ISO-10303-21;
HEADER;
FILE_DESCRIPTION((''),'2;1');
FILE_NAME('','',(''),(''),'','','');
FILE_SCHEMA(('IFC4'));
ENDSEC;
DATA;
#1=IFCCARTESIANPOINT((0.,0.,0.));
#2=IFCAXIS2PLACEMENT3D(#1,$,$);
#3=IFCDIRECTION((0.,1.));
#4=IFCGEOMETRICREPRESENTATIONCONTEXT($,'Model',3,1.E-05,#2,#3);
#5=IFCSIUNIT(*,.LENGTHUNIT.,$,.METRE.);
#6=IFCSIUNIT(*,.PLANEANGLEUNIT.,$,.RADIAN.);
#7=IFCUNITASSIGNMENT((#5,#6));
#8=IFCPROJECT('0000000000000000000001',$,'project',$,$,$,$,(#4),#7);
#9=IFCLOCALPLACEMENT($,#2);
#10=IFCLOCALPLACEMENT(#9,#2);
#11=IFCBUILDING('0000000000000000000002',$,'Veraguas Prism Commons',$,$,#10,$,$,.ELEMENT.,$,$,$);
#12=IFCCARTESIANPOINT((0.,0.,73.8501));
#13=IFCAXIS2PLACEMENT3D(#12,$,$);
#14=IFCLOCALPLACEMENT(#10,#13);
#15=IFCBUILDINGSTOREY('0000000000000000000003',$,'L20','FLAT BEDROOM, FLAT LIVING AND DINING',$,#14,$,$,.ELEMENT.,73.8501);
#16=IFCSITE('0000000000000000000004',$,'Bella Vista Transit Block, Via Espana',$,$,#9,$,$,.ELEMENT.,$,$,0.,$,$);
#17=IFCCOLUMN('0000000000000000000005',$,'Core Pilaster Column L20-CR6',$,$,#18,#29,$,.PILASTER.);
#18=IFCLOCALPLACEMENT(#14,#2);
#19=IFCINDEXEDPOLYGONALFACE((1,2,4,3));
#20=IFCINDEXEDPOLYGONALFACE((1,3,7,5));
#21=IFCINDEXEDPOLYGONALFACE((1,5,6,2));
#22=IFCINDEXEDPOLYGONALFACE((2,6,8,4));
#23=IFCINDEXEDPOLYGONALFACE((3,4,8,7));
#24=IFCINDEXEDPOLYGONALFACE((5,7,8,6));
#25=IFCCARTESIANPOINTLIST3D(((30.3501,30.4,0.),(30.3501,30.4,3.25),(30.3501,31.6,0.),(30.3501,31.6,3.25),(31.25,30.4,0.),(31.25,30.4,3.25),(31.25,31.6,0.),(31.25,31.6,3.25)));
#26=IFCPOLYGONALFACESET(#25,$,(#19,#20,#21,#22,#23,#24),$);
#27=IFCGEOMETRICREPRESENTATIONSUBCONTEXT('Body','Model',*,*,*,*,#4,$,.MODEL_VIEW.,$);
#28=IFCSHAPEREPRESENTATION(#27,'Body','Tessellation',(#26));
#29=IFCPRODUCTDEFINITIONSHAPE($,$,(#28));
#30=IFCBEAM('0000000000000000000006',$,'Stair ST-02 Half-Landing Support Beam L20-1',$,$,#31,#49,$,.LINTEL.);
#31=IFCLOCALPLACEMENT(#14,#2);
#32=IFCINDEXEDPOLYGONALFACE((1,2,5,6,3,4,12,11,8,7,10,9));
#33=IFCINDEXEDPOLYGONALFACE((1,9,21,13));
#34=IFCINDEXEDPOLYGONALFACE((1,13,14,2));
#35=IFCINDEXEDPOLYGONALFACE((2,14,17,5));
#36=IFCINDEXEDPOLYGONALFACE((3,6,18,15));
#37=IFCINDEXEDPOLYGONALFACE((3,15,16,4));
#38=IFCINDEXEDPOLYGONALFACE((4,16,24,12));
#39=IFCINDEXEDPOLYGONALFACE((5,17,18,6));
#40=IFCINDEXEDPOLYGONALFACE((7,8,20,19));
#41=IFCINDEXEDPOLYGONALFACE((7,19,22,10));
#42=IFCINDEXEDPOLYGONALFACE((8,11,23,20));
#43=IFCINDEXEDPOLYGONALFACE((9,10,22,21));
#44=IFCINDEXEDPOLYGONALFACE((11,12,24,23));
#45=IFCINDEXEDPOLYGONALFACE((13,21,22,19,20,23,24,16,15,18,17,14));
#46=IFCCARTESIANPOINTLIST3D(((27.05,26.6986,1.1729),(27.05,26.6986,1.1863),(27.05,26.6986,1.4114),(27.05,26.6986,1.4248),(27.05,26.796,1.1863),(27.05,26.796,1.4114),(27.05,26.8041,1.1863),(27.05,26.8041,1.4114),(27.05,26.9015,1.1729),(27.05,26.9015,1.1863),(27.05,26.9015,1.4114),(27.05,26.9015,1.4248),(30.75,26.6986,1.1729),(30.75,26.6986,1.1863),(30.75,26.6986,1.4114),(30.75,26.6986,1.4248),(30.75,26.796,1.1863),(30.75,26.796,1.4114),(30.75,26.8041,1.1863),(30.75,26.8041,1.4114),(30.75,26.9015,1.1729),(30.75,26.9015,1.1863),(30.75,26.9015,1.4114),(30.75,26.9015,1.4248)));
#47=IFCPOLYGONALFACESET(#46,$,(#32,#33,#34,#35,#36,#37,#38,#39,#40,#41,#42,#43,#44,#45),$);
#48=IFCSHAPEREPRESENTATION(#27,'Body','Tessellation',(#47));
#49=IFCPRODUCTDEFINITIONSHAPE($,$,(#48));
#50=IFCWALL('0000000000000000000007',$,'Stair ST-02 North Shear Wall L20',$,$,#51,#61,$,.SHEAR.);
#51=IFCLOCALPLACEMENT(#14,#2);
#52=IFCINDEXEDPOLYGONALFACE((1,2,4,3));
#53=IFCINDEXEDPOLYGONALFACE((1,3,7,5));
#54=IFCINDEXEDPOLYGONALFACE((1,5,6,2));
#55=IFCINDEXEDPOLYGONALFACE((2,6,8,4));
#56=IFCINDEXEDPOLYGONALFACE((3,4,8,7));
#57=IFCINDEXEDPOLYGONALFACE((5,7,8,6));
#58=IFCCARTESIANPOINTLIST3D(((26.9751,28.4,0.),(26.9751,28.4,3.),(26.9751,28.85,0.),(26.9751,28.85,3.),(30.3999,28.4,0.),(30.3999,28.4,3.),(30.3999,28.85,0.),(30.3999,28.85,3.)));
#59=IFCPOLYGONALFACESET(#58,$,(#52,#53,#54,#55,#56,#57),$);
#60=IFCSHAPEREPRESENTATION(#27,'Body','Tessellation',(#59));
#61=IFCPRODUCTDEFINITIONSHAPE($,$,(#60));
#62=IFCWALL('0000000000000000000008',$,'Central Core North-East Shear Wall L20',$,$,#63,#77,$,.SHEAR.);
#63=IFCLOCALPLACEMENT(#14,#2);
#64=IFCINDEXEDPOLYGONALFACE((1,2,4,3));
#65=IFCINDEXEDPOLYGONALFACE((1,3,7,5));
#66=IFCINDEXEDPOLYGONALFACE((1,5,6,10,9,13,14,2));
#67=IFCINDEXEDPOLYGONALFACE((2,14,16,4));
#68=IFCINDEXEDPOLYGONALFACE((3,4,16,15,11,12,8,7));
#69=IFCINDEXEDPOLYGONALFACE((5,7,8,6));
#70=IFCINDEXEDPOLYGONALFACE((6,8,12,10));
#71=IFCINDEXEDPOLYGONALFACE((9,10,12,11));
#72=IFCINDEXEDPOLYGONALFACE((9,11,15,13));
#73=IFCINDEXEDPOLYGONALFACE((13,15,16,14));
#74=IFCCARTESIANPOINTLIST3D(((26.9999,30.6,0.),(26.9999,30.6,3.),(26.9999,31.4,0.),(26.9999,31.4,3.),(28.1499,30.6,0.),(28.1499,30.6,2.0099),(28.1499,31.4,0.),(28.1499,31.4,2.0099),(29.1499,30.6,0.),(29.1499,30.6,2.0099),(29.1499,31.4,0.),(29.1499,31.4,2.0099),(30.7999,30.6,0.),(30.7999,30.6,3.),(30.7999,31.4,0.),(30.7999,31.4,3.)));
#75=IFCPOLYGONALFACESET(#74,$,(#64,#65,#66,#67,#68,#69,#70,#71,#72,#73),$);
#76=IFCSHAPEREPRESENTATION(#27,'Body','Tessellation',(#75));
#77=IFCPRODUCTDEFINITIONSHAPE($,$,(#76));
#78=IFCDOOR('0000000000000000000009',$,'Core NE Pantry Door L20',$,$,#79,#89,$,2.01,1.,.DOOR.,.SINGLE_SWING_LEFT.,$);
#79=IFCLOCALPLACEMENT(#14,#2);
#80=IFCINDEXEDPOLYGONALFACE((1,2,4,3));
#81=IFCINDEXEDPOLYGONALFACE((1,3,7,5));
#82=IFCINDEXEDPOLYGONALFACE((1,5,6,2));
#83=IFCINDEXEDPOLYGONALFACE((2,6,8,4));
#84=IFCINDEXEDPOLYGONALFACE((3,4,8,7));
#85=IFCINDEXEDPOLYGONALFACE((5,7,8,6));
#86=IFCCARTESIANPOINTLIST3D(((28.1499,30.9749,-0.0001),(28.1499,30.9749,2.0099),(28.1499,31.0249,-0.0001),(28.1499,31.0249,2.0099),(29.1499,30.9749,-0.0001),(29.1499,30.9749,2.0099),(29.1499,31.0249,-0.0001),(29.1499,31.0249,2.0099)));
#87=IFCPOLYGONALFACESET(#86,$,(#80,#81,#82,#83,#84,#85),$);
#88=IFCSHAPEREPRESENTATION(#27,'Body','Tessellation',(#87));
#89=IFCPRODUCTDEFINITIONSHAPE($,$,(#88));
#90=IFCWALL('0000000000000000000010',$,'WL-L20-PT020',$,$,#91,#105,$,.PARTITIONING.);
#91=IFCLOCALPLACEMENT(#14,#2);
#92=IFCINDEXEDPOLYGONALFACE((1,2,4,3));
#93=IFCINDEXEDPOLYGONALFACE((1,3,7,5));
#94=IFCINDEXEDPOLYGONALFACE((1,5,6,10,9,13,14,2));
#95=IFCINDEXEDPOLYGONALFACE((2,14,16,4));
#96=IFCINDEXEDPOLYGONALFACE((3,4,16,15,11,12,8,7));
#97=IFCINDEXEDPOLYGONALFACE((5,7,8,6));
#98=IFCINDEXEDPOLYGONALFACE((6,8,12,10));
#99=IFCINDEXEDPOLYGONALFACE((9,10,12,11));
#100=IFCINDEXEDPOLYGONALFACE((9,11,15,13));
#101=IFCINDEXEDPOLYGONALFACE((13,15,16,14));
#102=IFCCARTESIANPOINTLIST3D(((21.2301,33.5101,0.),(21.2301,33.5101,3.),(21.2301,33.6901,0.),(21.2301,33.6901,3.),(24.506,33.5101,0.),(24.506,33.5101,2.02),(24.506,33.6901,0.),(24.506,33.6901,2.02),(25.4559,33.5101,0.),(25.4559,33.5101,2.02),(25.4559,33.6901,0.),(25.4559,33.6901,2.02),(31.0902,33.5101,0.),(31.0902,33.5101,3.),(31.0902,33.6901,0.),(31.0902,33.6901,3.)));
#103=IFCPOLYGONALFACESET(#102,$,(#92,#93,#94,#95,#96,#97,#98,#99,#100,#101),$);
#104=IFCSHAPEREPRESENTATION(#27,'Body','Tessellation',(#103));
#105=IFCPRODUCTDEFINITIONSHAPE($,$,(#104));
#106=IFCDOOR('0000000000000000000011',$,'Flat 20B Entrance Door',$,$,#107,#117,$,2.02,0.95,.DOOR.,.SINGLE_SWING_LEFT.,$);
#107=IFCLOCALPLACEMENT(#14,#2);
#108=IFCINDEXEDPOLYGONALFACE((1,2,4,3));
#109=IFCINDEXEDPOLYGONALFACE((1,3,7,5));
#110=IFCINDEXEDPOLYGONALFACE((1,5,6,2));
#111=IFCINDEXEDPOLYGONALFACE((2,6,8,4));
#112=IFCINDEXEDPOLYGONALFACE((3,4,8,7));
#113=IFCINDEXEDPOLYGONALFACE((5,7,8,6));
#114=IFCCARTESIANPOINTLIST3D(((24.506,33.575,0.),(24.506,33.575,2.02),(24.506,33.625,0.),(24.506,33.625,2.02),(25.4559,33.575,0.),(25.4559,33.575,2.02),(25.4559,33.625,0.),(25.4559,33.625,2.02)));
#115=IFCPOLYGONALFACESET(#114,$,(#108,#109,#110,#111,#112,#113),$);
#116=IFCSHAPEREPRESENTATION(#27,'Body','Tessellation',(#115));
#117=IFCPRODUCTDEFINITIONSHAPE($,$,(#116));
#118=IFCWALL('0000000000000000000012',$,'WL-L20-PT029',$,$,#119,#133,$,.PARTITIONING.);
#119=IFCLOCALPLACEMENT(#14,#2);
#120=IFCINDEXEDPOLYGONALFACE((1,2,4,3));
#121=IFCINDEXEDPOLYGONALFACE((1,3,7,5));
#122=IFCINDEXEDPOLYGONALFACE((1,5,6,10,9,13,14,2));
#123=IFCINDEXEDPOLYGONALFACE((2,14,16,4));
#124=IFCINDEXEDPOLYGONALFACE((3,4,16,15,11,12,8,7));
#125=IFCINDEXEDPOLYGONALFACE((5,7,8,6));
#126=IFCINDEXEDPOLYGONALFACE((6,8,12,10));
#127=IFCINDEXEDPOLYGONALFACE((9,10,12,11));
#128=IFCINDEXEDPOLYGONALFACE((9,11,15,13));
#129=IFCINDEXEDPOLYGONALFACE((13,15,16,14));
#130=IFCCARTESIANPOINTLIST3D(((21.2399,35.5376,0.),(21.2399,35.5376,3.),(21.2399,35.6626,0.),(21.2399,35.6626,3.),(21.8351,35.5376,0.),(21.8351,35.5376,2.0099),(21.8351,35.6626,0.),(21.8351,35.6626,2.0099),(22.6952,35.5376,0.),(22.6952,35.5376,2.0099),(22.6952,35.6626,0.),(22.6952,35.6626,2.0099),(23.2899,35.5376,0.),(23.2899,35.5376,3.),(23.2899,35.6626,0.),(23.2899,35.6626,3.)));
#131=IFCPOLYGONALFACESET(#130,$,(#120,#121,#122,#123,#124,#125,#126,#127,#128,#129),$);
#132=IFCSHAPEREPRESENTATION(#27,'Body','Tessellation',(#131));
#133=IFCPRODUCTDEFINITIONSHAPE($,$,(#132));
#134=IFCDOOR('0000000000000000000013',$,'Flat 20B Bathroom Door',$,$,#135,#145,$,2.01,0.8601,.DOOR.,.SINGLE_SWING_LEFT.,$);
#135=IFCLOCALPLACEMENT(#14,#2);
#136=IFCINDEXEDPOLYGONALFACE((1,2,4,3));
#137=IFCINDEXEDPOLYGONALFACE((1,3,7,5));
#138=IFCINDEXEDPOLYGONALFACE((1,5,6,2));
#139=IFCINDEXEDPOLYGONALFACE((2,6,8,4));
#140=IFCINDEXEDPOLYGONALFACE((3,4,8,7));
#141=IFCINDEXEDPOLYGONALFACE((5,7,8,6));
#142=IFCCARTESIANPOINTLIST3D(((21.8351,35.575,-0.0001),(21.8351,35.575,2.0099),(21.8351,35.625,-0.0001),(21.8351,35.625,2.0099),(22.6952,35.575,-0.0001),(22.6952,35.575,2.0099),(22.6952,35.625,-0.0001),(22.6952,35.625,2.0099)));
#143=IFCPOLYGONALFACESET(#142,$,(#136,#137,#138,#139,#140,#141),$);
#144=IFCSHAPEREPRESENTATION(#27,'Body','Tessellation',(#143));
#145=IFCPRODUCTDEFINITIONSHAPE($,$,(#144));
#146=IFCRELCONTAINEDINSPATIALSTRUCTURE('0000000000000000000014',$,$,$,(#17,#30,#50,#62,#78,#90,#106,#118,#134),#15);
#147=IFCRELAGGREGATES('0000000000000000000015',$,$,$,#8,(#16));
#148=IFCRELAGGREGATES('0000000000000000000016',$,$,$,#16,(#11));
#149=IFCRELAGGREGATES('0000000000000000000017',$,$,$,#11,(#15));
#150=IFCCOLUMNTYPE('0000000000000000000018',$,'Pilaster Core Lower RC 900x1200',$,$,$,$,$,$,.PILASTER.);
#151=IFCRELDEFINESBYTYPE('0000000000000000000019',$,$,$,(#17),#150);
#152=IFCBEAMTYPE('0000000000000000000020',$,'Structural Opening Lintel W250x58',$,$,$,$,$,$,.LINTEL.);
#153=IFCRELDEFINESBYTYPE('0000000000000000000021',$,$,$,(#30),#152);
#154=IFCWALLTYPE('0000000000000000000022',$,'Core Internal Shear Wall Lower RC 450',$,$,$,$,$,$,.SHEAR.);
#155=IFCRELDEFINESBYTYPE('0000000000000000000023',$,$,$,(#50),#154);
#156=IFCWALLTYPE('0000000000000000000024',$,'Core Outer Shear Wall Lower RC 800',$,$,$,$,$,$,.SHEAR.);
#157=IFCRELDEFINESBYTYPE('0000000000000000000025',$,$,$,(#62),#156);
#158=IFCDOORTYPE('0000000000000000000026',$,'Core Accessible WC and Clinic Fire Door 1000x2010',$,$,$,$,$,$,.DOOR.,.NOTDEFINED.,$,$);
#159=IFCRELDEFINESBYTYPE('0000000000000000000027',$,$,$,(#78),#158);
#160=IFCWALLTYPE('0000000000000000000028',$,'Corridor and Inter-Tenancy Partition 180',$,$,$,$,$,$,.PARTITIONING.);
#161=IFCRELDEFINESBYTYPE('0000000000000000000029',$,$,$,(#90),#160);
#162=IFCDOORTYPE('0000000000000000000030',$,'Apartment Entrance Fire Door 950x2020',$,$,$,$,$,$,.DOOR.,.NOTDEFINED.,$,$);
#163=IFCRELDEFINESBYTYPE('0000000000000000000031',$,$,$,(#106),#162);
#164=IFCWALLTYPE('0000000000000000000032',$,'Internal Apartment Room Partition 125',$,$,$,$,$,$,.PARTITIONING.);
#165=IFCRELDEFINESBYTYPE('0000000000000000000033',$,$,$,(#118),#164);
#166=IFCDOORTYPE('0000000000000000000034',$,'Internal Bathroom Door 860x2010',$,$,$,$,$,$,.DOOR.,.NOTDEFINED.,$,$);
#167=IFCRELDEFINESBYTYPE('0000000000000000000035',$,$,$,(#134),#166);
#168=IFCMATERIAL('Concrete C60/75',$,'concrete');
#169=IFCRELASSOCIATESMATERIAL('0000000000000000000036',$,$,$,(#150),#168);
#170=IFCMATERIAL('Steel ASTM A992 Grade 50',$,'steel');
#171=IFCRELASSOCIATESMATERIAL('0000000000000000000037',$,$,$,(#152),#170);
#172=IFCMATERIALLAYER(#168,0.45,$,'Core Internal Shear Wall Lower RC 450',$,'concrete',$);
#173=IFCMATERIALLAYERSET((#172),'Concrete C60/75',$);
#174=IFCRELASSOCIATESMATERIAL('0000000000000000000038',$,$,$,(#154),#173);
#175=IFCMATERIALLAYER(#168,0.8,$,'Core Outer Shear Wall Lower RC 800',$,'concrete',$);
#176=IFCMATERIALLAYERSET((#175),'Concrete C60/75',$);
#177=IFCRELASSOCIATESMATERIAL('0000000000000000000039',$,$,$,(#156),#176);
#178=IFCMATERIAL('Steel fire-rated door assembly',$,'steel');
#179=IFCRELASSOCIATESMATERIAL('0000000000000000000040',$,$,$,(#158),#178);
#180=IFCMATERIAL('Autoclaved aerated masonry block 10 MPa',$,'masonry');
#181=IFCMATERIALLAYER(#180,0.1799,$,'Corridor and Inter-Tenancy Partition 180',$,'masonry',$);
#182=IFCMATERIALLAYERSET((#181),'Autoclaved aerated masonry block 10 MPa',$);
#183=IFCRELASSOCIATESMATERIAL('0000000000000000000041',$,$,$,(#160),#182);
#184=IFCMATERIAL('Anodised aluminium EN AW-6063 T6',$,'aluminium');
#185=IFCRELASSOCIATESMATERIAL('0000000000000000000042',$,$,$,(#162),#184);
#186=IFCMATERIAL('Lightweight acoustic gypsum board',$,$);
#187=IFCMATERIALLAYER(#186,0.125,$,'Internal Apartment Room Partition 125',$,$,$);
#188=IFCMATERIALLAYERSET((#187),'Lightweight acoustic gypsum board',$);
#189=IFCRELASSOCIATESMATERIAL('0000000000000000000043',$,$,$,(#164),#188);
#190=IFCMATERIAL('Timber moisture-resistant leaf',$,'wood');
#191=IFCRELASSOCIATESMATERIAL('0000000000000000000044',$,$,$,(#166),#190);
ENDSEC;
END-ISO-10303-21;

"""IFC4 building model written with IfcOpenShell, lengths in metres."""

from ifc_helpers import new_model, si_unit, direction, frame, frame_2d, origin, origin_2d, place, context, subcontext, project, spatial, rectangle, i_section, extrude, source, transform, mapped, material, layer, layer_set, material_profile, profile_set, type_object, element, fill, save


model = new_model("IFC4")

# Units and contexts
model_context = context("Model", 3, precision=1e-05, world=origin(), true_north=direction((0.0, 1.0)))
body_context = subcontext(model_context, "Body", "Model", "MODEL_VIEW")
ifc_project = project(units=[si_unit("LENGTHUNIT", "METRE"), si_unit("PLANEANGLEUNIT", "RADIAN")], contexts=[model_context])

# Site, building, storey
site_placement = place(None, origin())
site = spatial("IfcSite", under=ifc_project, at=site_placement, Name="Bella Vista Transit Block, Via Espana", CompositionType="ELEMENT", RefElevation=0.0)
building_placement = place(site_placement, origin())
building = spatial("IfcBuilding", under=site, at=building_placement, Name="Veraguas Prism Commons", CompositionType="ELEMENT")
storey_placement = place(building_placement, frame((0.0, 0.0, 73.8501)))
storey = spatial("IfcBuildingStorey", under=building, at=storey_placement, Name="L20", Description="FLAT BEDROOM, FLAT LIVING AND DINING", CompositionType="ELEMENT", Elevation=73.8501)

# Column
ifc_material_1 = material(Name="Concrete C60/75", Category="concrete")
ifc_material_profile_1 = material_profile(ifc_material_1, rectangle(XDim=0.8999, YDim=1.2, at=origin_2d()), Name="RC900X1200")
ifc_profile_set_1 = profile_set([ifc_material_profile_1], Name="Concrete C60/75")
column_type = type_object("IfcColumnType", Name="Pilaster Core Lower RC 900x1200", PredefinedType="PILASTER", material=ifc_profile_set_1)
column_placement = place(storey_placement, frame((30.8, 31.0, 0.0), z_axis=(0.0, 0.0, 1.0), x_axis=(1.0, 0.0, 0.0)))
element("IfcColumn", 1, at=column_placement, inside=storey, type_object=column_type, Name="Core Pilaster Column L20-CR6", PredefinedType="PILASTER", context=body_context, shape_type="SweptSolid", body=[
    extrude(rectangle(XDim=0.8999, YDim=1.2, at=origin_2d()), origin(), (0.0, 0.0, 1.0), 3.25),
])

# Beam
ifc_material_2 = material(Name="Steel ASTM A992 Grade 50", Category="steel")
ifc_material_profile_2 = material_profile(ifc_material_2, i_section(OverallWidth=0.2029, OverallDepth=0.252, WebThickness=0.0081, FlangeThickness=0.0134, at=origin_2d()), Name="W250X58")
ifc_profile_set_2 = profile_set([ifc_material_profile_2], Name="Steel ASTM A992 Grade 50")
beam_type = type_object("IfcBeamType", Name="Structural Opening Lintel W250x58", PredefinedType="LINTEL", material=ifc_profile_set_2)
beam_placement = place(storey_placement, frame((27.05, 26.8, 1.2988), z_axis=(1.0, 0.0, 0.0), x_axis=(0.0, 1.0, 0.0)))
element("IfcBeam", 2, at=beam_placement, inside=storey, type_object=beam_type, Name="Stair ST-02 Half-Landing Support Beam L20-1", PredefinedType="LINTEL", context=body_context, shape_type="SweptSolid", body=[
    extrude(i_section(OverallWidth=0.2029, OverallDepth=0.252, WebThickness=0.0081, FlangeThickness=0.0134, at=origin_2d()), origin(), (0.0, 0.0, 1.0), 3.7),
])

# Wall
ifc_layer_1 = layer(ifc_material_1, 0.45, Name="Core Internal Shear Wall Lower RC 450", Category="concrete")
ifc_layer_set_1 = layer_set([ifc_layer_1], Name="Concrete C60/75")
wall_type_1 = type_object("IfcWallType", Name="Core Internal Shear Wall Lower RC 450", PredefinedType="SHEAR", material=ifc_layer_set_1)
wall_1_placement = place(storey_placement, frame((26.9751, 28.625, 0.0), z_axis=(0.0, 0.0, 1.0), x_axis=(1.0, 0.0, 0.0)))
element("IfcWall", 3, at=wall_1_placement, inside=storey, type_object=wall_type_1, Name="Stair ST-02 North Shear Wall L20", PredefinedType="SHEAR", context=body_context, shape_type="SweptSolid", body=[
    extrude(rectangle(XDim=3.4248, YDim=0.45, at=frame_2d((1.7124, 0.0))), origin(), (0.0, 0.0, 1.0), 3.0),
])

# Walls, openings, doors
ifc_layer_2 = layer(ifc_material_1, 0.8, Name="Core Outer Shear Wall Lower RC 800", Category="concrete")
ifc_layer_set_2 = layer_set([ifc_layer_2], Name="Concrete C60/75")
wall_type_2 = type_object("IfcWallType", Name="Core Outer Shear Wall Lower RC 800", PredefinedType="SHEAR", material=ifc_layer_set_2)
wall_2_placement = place(storey_placement, frame((27.0, 31.0, 0.0), z_axis=(0.0, 0.0, 1.0), x_axis=(1.0, 0.0, 0.0)))
wall_2 = element("IfcWall", 4, at=wall_2_placement, inside=storey, type_object=wall_type_2, Name="Central Core North-East Shear Wall L20", PredefinedType="SHEAR", context=body_context, shape_type="SweptSolid", body=[
    extrude(rectangle(XDim=3.8, YDim=0.8, at=frame_2d((1.8999, 0.0))), origin(), (0.0, 0.0, 1.0), 3.0),
])
opening_1_placement = place(wall_2_placement, frame((1.1499, 0.0, 0.0)))
opening_1 = element("IfcOpeningElement", 5, at=opening_1_placement, cuts=wall_2, PredefinedType="OPENING", context=body_context, shape_type="SweptSolid", body=[
    extrude(rectangle(XDim=1.0, YDim=2.01, at=frame_2d((0.5, 1.0049))), frame((0.0, 0.4099, 0.0), z_axis=(0.0, -1.0, 0.0), x_axis=(1.0, 0.0, 0.0)), (0.0, 0.0, 1.0), 0.8201),
])
ifc_material_3 = material(Name="Steel fire-rated door assembly", Category="steel")
door_type_1 = type_object("IfcDoorType", Name="Core Accessible WC and Clinic Fire Door 1000x2010", OperationType="NOTDEFINED", PredefinedType="DOOR", material=ifc_material_3)
shared_shape_1 = source(origin(), body_context, "Body", "SweptSolid", [
    extrude(rectangle(XDim=1.0, YDim=2.01, at=frame_2d((0.5, 1.0049))), frame((0.0, 0.0249, 0.0), z_axis=(0.0, -1.0, 0.0), x_axis=(1.0, 0.0, 0.0)), (0.0, 0.0, 1.0), 0.05),
])
door_1_placement = place(opening_1_placement, origin())
door_1 = element("IfcDoor", 6, at=door_1_placement, inside=storey, type_object=door_type_1, Name="Core NE Pantry Door L20", OperationType="SINGLE_SWING_LEFT", OverallHeight=2.01, OverallWidth=1.0, PredefinedType="DOOR", context=body_context, shape_type="MappedRepresentation", body=[
    mapped(shared_shape_1, transform((0.0, 0.0, 0.0), scale=1.0)),
])
fill(opening_1, door_1)
ifc_material_4 = material(Name="Autoclaved aerated masonry block 10 MPa", Category="masonry")
ifc_layer_3 = layer(ifc_material_4, 0.1799, Name="Corridor and Inter-Tenancy Partition 180", Category="masonry")
ifc_layer_set_3 = layer_set([ifc_layer_3], Name="Autoclaved aerated masonry block 10 MPa")
wall_type_3 = type_object("IfcWallType", Name="Corridor and Inter-Tenancy Partition 180", PredefinedType="PARTITIONING", material=ifc_layer_set_3)
wall_3_placement = place(storey_placement, frame((21.23, 33.6001, 0.0), z_axis=(0.0, 0.0, 1.0), x_axis=(1.0, 0.0, 0.0)))
wall_3 = element("IfcWall", 7, at=wall_3_placement, inside=storey, type_object=wall_type_3, Name="WL-L20-PT020", PredefinedType="PARTITIONING", context=body_context, shape_type="SweptSolid", body=[
    extrude(rectangle(XDim=9.8601, YDim=0.1799, at=frame_2d((4.9302, 0.0))), origin(), (0.0, 0.0, 1.0), 3.0),
])
opening_2_placement = place(wall_3_placement, frame((3.2759, 0.0, 0.0)))
opening_2 = element("IfcOpeningElement", 8, at=opening_2_placement, cuts=wall_3, PredefinedType="OPENING", context=body_context, shape_type="SweptSolid", body=[
    extrude(rectangle(XDim=0.95, YDim=2.02, at=frame_2d((0.4751, 1.01))), frame((0.0, 0.0999, 0.0), z_axis=(0.0, -1.0, 0.0), x_axis=(1.0, 0.0, 0.0)), (0.0, 0.0, 1.0), 0.2),
])
ifc_material_5 = material(Name="Anodised aluminium EN AW-6063 T6", Category="aluminium")
door_type_2 = type_object("IfcDoorType", Name="Apartment Entrance Fire Door 950x2020", OperationType="NOTDEFINED", PredefinedType="DOOR", material=ifc_material_5)
shared_shape_2 = source(origin(), body_context, "Body", "SweptSolid", [
    extrude(rectangle(XDim=0.95, YDim=2.02, at=frame_2d((0.4751, 1.01))), frame((0.0, 0.0249, 0.0), z_axis=(0.0, -1.0, 0.0), x_axis=(1.0, 0.0, 0.0)), (0.0, 0.0, 1.0), 0.05),
])
door_2_placement = place(opening_2_placement, origin())
door_2 = element("IfcDoor", 9, at=door_2_placement, inside=storey, type_object=door_type_2, Name="Flat 20B Entrance Door", OperationType="SINGLE_SWING_LEFT", OverallHeight=2.02, OverallWidth=0.95, PredefinedType="DOOR", context=body_context, shape_type="MappedRepresentation", body=[
    mapped(shared_shape_2, transform((0.0, 0.0, 0.0), scale=1.0)),
])
fill(opening_2, door_2)
ifc_material_6 = material(Name="Lightweight acoustic gypsum board")
ifc_layer_4 = layer(ifc_material_6, 0.125, Name="Internal Apartment Room Partition 125")
ifc_layer_set_4 = layer_set([ifc_layer_4], Name="Lightweight acoustic gypsum board")
wall_type_4 = type_object("IfcWallType", Name="Internal Apartment Room Partition 125", PredefinedType="PARTITIONING", material=ifc_layer_set_4)
wall_4_placement = place(storey_placement, frame((21.24, 35.6001, 0.0), z_axis=(0.0, 0.0, 1.0), x_axis=(1.0, 0.0, 0.0)))
wall_4 = element("IfcWall", 10, at=wall_4_placement, inside=storey, type_object=wall_type_4, Name="WL-L20-PT029", PredefinedType="PARTITIONING", context=body_context, shape_type="SweptSolid", body=[
    extrude(rectangle(XDim=2.05, YDim=0.125, at=frame_2d((1.0249, 0.0))), origin(), (0.0, 0.0, 1.0), 3.0),
])
opening_3_placement = place(wall_4_placement, frame((0.595, 0.0, 0.0)))
opening_3 = element("IfcOpeningElement", 11, at=opening_3_placement, cuts=wall_4, PredefinedType="OPENING", context=body_context, shape_type="SweptSolid", body=[
    extrude(rectangle(XDim=0.8601, YDim=2.01, at=frame_2d((0.4302, 1.0049))), frame((0.0, 0.0725, 0.0), z_axis=(0.0, -1.0, 0.0), x_axis=(1.0, 0.0, 0.0)), (0.0, 0.0, 1.0), 0.145),
])
ifc_material_7 = material(Name="Timber moisture-resistant leaf", Category="wood")
door_type_3 = type_object("IfcDoorType", Name="Internal Bathroom Door 860x2010", OperationType="NOTDEFINED", PredefinedType="DOOR", material=ifc_material_7)
shared_shape_3 = source(origin(), body_context, "Body", "SweptSolid", [
    extrude(rectangle(XDim=0.8601, YDim=2.01, at=frame_2d((0.4302, 1.0049))), frame((0.0, 0.0249, 0.0), z_axis=(0.0, -1.0, 0.0), x_axis=(1.0, 0.0, 0.0)), (0.0, 0.0, 1.0), 0.05),
])
door_3_placement = place(opening_3_placement, origin())
door_3 = element("IfcDoor", 12, at=door_3_placement, inside=storey, type_object=door_type_3, Name="Flat 20B Bathroom Door", OperationType="SINGLE_SWING_LEFT", OverallHeight=2.01, OverallWidth=0.8601, PredefinedType="DOOR", context=body_context, shape_type="MappedRepresentation", body=[
    mapped(shared_shape_3, transform((0.0, 0.0, 0.0), scale=1.0)),
])
fill(opening_3, door_3)

save(model, "model.ifc")
